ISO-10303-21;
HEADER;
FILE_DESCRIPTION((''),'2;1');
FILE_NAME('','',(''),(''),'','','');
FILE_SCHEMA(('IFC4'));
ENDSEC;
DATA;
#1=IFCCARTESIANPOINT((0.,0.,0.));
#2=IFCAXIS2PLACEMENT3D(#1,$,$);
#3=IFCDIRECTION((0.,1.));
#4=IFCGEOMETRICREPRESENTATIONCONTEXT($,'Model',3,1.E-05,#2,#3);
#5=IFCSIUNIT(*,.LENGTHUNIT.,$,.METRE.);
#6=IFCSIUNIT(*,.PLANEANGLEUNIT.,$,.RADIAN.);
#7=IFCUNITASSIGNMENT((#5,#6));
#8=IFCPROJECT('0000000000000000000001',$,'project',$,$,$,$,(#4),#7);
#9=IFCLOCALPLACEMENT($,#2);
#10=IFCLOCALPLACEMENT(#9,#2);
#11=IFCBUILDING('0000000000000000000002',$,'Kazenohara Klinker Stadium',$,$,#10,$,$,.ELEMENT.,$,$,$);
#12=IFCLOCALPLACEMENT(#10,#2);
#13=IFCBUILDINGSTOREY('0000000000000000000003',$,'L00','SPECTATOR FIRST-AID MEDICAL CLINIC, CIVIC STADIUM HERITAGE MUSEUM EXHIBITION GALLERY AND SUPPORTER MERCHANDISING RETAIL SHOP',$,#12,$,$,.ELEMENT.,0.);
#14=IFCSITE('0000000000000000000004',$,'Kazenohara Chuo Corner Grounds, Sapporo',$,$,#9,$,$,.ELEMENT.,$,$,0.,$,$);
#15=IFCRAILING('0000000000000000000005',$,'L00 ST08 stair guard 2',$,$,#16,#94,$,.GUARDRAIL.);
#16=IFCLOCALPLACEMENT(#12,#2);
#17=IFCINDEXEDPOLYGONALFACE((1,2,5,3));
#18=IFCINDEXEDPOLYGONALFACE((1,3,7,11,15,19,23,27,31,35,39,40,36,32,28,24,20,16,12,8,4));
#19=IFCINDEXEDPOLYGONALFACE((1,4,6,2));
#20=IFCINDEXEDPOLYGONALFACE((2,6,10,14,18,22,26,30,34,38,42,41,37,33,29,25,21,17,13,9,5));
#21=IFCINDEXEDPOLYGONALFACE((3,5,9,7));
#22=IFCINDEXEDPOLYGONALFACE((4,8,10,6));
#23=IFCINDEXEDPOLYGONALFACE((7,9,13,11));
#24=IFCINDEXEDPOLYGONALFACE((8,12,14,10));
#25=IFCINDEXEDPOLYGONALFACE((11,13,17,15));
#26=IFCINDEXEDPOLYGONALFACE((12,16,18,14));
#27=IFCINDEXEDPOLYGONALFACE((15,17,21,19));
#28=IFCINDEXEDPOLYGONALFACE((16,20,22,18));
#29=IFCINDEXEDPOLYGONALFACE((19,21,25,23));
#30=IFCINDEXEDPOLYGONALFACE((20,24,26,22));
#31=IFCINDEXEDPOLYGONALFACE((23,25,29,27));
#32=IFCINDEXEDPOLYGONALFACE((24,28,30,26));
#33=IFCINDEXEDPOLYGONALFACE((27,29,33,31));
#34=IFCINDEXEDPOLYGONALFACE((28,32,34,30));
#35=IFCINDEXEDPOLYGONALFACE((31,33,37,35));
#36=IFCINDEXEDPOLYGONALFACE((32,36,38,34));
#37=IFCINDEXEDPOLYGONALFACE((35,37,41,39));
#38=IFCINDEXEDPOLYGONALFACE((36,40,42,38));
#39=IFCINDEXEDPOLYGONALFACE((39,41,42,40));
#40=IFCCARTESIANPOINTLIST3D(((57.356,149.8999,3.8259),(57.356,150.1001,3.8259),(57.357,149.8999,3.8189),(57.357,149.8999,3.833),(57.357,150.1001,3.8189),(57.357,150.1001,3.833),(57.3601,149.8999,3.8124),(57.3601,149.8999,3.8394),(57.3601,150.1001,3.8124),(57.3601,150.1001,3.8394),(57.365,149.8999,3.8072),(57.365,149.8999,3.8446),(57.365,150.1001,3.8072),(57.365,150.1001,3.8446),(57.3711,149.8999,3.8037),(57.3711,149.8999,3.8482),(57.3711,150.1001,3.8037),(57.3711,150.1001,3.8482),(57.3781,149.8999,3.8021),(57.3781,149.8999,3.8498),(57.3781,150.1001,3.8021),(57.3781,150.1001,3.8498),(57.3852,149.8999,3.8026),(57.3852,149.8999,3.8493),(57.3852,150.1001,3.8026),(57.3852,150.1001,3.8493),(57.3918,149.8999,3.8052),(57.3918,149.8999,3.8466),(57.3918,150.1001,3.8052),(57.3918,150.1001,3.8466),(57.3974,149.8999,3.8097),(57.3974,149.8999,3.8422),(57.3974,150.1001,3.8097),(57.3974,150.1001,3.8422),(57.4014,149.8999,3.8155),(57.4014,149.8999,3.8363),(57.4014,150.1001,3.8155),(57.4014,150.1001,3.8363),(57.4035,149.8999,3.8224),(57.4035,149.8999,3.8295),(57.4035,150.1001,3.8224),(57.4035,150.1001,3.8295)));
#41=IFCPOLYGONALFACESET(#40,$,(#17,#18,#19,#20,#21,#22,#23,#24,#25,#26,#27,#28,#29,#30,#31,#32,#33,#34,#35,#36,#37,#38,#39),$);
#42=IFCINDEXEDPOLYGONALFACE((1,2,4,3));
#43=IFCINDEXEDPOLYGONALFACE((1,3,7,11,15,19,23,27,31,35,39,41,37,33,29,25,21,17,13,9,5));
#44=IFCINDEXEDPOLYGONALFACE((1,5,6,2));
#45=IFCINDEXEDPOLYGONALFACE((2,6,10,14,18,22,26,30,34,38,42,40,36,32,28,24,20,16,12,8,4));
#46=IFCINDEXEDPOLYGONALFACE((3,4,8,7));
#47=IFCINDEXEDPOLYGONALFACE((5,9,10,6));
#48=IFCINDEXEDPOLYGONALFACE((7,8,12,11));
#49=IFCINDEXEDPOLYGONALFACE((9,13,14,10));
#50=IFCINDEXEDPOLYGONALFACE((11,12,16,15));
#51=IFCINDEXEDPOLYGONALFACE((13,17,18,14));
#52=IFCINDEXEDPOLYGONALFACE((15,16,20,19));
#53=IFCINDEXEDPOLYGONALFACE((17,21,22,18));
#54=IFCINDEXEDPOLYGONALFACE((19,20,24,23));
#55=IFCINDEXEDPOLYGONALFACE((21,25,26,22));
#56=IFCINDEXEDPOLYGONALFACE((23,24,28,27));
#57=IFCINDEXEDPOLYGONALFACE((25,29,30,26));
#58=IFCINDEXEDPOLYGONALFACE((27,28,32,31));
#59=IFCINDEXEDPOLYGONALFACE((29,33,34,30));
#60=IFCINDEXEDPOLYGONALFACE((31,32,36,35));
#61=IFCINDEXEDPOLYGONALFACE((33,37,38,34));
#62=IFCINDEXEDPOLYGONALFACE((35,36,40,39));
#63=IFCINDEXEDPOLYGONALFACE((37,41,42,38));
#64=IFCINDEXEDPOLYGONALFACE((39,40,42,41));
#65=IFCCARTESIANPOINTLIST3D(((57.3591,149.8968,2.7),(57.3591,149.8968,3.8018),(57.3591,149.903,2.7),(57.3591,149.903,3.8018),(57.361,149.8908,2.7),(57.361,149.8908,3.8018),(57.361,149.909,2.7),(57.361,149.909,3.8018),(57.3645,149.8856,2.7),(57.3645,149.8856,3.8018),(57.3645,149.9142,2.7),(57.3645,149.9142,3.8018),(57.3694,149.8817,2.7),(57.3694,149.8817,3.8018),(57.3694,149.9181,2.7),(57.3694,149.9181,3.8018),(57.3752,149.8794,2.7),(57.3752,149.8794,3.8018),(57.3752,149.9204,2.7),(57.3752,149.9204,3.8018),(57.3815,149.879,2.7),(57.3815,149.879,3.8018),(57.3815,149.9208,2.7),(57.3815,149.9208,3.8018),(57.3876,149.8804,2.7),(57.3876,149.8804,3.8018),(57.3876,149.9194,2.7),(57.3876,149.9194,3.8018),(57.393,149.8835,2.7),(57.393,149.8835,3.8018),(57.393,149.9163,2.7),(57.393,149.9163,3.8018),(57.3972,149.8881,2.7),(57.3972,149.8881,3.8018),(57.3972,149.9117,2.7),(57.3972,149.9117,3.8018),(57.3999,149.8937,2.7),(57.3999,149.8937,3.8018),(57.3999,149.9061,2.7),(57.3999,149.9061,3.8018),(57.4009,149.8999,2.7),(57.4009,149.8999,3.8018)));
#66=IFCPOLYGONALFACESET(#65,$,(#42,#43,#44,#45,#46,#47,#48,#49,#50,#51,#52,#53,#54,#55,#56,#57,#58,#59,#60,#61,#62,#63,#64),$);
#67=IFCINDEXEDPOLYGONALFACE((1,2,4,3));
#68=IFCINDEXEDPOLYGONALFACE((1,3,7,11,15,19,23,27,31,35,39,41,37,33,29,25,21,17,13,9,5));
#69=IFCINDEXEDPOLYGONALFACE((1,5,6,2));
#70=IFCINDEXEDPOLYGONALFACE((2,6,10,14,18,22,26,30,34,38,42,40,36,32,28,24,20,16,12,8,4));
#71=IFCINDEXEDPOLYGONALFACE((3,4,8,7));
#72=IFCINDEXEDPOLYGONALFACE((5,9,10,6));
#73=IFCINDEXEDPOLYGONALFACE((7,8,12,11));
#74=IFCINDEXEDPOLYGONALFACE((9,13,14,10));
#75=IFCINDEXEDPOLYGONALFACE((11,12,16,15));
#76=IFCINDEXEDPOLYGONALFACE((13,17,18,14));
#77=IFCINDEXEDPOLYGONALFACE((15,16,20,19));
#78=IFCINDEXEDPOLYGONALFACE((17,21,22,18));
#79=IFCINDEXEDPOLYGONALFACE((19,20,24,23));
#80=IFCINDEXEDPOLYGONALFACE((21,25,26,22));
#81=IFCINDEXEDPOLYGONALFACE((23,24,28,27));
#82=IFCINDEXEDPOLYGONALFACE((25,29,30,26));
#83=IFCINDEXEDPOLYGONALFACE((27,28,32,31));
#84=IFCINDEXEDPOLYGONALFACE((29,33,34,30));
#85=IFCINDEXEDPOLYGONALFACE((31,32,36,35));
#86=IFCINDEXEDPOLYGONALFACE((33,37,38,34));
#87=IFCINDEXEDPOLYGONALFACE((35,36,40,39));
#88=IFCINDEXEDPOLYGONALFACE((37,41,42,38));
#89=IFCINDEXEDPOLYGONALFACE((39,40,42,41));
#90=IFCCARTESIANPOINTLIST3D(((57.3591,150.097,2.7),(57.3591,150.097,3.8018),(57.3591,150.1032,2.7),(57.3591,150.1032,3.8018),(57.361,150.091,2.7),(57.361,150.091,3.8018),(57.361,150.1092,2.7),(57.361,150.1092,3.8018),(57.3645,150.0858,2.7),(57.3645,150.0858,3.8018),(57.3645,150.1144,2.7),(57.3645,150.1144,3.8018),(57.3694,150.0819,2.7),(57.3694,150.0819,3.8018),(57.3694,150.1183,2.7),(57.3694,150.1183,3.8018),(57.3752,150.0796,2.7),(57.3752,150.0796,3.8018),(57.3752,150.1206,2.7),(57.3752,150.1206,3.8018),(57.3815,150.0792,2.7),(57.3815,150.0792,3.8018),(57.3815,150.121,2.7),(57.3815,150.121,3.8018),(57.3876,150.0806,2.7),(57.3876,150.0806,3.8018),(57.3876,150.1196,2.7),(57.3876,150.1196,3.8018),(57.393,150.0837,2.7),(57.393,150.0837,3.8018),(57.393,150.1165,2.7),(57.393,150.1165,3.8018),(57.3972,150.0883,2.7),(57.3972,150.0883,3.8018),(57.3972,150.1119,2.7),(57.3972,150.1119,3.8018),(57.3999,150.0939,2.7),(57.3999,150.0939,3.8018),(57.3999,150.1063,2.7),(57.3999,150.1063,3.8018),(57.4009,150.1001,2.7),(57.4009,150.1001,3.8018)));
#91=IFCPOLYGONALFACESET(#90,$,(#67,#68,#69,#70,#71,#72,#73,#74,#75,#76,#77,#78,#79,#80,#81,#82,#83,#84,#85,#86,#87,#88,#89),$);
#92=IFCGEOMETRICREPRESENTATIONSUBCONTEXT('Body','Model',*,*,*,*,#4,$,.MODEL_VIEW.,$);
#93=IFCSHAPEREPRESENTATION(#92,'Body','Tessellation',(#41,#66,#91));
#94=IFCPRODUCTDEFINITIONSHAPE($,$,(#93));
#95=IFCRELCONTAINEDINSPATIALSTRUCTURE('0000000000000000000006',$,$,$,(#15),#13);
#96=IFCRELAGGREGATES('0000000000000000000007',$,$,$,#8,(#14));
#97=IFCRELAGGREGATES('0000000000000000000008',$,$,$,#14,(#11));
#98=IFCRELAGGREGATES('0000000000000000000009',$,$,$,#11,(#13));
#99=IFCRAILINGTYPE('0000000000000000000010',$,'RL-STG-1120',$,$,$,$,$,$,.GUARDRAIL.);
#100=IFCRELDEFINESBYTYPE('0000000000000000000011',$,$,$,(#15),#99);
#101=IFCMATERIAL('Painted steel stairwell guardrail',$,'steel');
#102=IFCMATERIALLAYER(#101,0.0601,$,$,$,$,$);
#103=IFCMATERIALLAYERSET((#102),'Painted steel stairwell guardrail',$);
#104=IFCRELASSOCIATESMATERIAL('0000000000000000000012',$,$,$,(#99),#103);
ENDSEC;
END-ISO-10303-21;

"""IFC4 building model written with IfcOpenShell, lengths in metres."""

from ifc_helpers import new_model, si_unit, direction, frame, origin, origin_2d, place, context, subcontext, project, spatial, circle, extrude, material, layer, layer_set, type_object, element, save


model = new_model("IFC4")

# Units and contexts
model_context = context("Model", 3, precision=1e-05, world=origin(), true_north=direction((0.0, 1.0)))
body_context = subcontext(model_context, "Body", "Model", "MODEL_VIEW")
ifc_project = project(units=[si_unit("LENGTHUNIT", "METRE"), si_unit("PLANEANGLEUNIT", "RADIAN")], contexts=[model_context])

# Site, building, storey
site_placement = place(None, origin())
site = spatial("IfcSite", under=ifc_project, at=site_placement, Name="Kazenohara Chuo Corner Grounds, Sapporo", CompositionType="ELEMENT", RefElevation=0.0)
building_placement = place(site_placement, origin())
building = spatial("IfcBuilding", under=site, at=building_placement, Name="Kazenohara Klinker Stadium", CompositionType="ELEMENT")
storey_placement = place(building_placement, origin())
storey = spatial("IfcBuildingStorey", under=building, at=storey_placement, Name="L00", Description="SPECTATOR FIRST-AID MEDICAL CLINIC, CIVIC STADIUM HERITAGE MUSEUM EXHIBITION GALLERY AND SUPPORTER MERCHANDISING RETAIL SHOP", CompositionType="ELEMENT", Elevation=0.0)

# Railing
ifc_material_1 = material(Name="Painted steel stairwell guardrail", Category="steel")
ifc_layer_1 = layer(ifc_material_1, 0.0601)
ifc_layer_set_1 = layer_set([ifc_layer_1], Name="Painted steel stairwell guardrail")
railing_type_1 = type_object("IfcRailingType", Name="RL-STG-1120", PredefinedType="GUARDRAIL", material=ifc_layer_set_1)
railing_1_placement = place(storey_placement, frame((57.3799, 149.8999, 2.7)))
element("IfcRailing", 1, at=railing_1_placement, inside=storey, type_object=railing_type_1, Name="L00 ST08 stair guard 2", PredefinedType="GUARDRAIL", context=body_context, shape_type="SweptSolid", body=[
    extrude(circle(Radius=0.0239, at=origin_2d()), frame((0.0, 0.0, 1.126), z_axis=(0.0, 1.0, 0.0), x_axis=(-1.0, 0.0, 0.0)), (0.0, 0.0, 1.0), 0.2002),
    extrude(circle(Radius=0.021, at=origin_2d()), origin(), (0.0, 0.0, 1.0), 1.1018),
    extrude(circle(Radius=0.021, at=origin_2d()), frame((0.0, 0.2002, 0.0)), (0.0, 0.0, 1.0), 1.1018),
])

save(model, "model.ifc")
